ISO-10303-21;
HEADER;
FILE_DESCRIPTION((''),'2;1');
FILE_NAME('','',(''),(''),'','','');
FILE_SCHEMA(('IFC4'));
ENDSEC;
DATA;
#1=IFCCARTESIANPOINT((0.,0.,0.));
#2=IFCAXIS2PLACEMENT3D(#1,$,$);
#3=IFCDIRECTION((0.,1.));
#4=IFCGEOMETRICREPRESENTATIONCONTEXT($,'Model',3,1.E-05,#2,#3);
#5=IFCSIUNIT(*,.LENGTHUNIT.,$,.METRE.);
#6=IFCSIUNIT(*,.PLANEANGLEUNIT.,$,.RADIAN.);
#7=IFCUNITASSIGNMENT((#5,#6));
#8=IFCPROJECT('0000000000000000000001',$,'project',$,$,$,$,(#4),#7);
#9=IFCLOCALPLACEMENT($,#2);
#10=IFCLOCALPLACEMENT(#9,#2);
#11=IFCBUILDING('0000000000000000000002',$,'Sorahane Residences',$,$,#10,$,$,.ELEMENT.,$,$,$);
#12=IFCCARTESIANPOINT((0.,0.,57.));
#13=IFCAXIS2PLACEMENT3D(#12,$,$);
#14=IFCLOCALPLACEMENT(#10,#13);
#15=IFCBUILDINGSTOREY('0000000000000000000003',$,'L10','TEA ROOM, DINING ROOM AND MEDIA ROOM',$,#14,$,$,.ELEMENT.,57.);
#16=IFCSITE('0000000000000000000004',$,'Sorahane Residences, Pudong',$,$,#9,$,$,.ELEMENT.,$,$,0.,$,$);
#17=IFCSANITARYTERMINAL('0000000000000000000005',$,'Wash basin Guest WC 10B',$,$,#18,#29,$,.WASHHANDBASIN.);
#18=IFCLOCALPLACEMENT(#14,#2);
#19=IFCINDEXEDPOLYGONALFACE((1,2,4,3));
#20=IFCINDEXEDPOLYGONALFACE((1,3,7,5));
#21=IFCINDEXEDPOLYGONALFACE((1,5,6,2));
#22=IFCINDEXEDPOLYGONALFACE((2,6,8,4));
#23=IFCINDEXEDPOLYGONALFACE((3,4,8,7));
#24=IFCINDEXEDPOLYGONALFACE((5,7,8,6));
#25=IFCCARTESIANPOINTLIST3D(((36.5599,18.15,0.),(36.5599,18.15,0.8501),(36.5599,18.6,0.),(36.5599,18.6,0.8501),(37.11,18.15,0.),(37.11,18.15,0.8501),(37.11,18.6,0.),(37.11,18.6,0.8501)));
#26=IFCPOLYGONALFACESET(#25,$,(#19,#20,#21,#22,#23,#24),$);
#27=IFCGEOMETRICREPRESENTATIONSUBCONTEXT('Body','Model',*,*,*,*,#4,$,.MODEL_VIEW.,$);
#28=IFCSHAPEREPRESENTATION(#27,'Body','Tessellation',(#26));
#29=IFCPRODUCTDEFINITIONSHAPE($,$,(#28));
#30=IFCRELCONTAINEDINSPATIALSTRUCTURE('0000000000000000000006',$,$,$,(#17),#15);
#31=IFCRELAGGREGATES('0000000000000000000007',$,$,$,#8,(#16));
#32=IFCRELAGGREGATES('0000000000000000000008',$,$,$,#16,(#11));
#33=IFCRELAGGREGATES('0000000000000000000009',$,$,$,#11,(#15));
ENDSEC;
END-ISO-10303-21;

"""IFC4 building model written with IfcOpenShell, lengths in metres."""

from ifc_helpers import new_model, si_unit, direction, frame, origin, origin_2d, place, context, subcontext, project, spatial, rectangle, extrude, element, save


model = new_model("IFC4")

# Units and contexts
model_context = context("Model", 3, precision=1e-05, world=origin(), true_north=direction((0.0, 1.0)))
body_context = subcontext(model_context, "Body", "Model", "MODEL_VIEW")
ifc_project = project(units=[si_unit("LENGTHUNIT", "METRE"), si_unit("PLANEANGLEUNIT", "RADIAN")], contexts=[model_context])

# Site, building, storey
site_placement = place(None, origin())
site = spatial("IfcSite", under=ifc_project, at=site_placement, Name="Sorahane Residences, Pudong", CompositionType="ELEMENT", RefElevation=0.0)
building_placement = place(site_placement, origin())
building = spatial("IfcBuilding", under=site, at=building_placement, Name="Sorahane Residences", CompositionType="ELEMENT")
storey_placement = place(building_placement, frame((0.0, 0.0, 57.0)))
storey = spatial("IfcBuildingStorey", under=building, at=storey_placement, Name="L10", Description="TEA ROOM, DINING ROOM AND MEDIA ROOM", CompositionType="ELEMENT", Elevation=57.0)

# Sanitary terminal
sanitary_terminal_1_placement = place(storey_placement, frame((36.835, 18.375, 0.0), z_axis=(0.0, 0.0, 1.0), x_axis=(1.0, 0.0, 0.0)))
element("IfcSanitaryTerminal", 1, at=sanitary_terminal_1_placement, inside=storey, Name="Wash basin Guest WC 10B", PredefinedType="WASHHANDBASIN", context=body_context, shape_type="SweptSolid", body=[
    extrude(rectangle(XDim=0.55, YDim=0.45, at=origin_2d()), origin(), (0.0, 0.0, 1.0), 0.8501),
])

save(model, "model.ifc")
